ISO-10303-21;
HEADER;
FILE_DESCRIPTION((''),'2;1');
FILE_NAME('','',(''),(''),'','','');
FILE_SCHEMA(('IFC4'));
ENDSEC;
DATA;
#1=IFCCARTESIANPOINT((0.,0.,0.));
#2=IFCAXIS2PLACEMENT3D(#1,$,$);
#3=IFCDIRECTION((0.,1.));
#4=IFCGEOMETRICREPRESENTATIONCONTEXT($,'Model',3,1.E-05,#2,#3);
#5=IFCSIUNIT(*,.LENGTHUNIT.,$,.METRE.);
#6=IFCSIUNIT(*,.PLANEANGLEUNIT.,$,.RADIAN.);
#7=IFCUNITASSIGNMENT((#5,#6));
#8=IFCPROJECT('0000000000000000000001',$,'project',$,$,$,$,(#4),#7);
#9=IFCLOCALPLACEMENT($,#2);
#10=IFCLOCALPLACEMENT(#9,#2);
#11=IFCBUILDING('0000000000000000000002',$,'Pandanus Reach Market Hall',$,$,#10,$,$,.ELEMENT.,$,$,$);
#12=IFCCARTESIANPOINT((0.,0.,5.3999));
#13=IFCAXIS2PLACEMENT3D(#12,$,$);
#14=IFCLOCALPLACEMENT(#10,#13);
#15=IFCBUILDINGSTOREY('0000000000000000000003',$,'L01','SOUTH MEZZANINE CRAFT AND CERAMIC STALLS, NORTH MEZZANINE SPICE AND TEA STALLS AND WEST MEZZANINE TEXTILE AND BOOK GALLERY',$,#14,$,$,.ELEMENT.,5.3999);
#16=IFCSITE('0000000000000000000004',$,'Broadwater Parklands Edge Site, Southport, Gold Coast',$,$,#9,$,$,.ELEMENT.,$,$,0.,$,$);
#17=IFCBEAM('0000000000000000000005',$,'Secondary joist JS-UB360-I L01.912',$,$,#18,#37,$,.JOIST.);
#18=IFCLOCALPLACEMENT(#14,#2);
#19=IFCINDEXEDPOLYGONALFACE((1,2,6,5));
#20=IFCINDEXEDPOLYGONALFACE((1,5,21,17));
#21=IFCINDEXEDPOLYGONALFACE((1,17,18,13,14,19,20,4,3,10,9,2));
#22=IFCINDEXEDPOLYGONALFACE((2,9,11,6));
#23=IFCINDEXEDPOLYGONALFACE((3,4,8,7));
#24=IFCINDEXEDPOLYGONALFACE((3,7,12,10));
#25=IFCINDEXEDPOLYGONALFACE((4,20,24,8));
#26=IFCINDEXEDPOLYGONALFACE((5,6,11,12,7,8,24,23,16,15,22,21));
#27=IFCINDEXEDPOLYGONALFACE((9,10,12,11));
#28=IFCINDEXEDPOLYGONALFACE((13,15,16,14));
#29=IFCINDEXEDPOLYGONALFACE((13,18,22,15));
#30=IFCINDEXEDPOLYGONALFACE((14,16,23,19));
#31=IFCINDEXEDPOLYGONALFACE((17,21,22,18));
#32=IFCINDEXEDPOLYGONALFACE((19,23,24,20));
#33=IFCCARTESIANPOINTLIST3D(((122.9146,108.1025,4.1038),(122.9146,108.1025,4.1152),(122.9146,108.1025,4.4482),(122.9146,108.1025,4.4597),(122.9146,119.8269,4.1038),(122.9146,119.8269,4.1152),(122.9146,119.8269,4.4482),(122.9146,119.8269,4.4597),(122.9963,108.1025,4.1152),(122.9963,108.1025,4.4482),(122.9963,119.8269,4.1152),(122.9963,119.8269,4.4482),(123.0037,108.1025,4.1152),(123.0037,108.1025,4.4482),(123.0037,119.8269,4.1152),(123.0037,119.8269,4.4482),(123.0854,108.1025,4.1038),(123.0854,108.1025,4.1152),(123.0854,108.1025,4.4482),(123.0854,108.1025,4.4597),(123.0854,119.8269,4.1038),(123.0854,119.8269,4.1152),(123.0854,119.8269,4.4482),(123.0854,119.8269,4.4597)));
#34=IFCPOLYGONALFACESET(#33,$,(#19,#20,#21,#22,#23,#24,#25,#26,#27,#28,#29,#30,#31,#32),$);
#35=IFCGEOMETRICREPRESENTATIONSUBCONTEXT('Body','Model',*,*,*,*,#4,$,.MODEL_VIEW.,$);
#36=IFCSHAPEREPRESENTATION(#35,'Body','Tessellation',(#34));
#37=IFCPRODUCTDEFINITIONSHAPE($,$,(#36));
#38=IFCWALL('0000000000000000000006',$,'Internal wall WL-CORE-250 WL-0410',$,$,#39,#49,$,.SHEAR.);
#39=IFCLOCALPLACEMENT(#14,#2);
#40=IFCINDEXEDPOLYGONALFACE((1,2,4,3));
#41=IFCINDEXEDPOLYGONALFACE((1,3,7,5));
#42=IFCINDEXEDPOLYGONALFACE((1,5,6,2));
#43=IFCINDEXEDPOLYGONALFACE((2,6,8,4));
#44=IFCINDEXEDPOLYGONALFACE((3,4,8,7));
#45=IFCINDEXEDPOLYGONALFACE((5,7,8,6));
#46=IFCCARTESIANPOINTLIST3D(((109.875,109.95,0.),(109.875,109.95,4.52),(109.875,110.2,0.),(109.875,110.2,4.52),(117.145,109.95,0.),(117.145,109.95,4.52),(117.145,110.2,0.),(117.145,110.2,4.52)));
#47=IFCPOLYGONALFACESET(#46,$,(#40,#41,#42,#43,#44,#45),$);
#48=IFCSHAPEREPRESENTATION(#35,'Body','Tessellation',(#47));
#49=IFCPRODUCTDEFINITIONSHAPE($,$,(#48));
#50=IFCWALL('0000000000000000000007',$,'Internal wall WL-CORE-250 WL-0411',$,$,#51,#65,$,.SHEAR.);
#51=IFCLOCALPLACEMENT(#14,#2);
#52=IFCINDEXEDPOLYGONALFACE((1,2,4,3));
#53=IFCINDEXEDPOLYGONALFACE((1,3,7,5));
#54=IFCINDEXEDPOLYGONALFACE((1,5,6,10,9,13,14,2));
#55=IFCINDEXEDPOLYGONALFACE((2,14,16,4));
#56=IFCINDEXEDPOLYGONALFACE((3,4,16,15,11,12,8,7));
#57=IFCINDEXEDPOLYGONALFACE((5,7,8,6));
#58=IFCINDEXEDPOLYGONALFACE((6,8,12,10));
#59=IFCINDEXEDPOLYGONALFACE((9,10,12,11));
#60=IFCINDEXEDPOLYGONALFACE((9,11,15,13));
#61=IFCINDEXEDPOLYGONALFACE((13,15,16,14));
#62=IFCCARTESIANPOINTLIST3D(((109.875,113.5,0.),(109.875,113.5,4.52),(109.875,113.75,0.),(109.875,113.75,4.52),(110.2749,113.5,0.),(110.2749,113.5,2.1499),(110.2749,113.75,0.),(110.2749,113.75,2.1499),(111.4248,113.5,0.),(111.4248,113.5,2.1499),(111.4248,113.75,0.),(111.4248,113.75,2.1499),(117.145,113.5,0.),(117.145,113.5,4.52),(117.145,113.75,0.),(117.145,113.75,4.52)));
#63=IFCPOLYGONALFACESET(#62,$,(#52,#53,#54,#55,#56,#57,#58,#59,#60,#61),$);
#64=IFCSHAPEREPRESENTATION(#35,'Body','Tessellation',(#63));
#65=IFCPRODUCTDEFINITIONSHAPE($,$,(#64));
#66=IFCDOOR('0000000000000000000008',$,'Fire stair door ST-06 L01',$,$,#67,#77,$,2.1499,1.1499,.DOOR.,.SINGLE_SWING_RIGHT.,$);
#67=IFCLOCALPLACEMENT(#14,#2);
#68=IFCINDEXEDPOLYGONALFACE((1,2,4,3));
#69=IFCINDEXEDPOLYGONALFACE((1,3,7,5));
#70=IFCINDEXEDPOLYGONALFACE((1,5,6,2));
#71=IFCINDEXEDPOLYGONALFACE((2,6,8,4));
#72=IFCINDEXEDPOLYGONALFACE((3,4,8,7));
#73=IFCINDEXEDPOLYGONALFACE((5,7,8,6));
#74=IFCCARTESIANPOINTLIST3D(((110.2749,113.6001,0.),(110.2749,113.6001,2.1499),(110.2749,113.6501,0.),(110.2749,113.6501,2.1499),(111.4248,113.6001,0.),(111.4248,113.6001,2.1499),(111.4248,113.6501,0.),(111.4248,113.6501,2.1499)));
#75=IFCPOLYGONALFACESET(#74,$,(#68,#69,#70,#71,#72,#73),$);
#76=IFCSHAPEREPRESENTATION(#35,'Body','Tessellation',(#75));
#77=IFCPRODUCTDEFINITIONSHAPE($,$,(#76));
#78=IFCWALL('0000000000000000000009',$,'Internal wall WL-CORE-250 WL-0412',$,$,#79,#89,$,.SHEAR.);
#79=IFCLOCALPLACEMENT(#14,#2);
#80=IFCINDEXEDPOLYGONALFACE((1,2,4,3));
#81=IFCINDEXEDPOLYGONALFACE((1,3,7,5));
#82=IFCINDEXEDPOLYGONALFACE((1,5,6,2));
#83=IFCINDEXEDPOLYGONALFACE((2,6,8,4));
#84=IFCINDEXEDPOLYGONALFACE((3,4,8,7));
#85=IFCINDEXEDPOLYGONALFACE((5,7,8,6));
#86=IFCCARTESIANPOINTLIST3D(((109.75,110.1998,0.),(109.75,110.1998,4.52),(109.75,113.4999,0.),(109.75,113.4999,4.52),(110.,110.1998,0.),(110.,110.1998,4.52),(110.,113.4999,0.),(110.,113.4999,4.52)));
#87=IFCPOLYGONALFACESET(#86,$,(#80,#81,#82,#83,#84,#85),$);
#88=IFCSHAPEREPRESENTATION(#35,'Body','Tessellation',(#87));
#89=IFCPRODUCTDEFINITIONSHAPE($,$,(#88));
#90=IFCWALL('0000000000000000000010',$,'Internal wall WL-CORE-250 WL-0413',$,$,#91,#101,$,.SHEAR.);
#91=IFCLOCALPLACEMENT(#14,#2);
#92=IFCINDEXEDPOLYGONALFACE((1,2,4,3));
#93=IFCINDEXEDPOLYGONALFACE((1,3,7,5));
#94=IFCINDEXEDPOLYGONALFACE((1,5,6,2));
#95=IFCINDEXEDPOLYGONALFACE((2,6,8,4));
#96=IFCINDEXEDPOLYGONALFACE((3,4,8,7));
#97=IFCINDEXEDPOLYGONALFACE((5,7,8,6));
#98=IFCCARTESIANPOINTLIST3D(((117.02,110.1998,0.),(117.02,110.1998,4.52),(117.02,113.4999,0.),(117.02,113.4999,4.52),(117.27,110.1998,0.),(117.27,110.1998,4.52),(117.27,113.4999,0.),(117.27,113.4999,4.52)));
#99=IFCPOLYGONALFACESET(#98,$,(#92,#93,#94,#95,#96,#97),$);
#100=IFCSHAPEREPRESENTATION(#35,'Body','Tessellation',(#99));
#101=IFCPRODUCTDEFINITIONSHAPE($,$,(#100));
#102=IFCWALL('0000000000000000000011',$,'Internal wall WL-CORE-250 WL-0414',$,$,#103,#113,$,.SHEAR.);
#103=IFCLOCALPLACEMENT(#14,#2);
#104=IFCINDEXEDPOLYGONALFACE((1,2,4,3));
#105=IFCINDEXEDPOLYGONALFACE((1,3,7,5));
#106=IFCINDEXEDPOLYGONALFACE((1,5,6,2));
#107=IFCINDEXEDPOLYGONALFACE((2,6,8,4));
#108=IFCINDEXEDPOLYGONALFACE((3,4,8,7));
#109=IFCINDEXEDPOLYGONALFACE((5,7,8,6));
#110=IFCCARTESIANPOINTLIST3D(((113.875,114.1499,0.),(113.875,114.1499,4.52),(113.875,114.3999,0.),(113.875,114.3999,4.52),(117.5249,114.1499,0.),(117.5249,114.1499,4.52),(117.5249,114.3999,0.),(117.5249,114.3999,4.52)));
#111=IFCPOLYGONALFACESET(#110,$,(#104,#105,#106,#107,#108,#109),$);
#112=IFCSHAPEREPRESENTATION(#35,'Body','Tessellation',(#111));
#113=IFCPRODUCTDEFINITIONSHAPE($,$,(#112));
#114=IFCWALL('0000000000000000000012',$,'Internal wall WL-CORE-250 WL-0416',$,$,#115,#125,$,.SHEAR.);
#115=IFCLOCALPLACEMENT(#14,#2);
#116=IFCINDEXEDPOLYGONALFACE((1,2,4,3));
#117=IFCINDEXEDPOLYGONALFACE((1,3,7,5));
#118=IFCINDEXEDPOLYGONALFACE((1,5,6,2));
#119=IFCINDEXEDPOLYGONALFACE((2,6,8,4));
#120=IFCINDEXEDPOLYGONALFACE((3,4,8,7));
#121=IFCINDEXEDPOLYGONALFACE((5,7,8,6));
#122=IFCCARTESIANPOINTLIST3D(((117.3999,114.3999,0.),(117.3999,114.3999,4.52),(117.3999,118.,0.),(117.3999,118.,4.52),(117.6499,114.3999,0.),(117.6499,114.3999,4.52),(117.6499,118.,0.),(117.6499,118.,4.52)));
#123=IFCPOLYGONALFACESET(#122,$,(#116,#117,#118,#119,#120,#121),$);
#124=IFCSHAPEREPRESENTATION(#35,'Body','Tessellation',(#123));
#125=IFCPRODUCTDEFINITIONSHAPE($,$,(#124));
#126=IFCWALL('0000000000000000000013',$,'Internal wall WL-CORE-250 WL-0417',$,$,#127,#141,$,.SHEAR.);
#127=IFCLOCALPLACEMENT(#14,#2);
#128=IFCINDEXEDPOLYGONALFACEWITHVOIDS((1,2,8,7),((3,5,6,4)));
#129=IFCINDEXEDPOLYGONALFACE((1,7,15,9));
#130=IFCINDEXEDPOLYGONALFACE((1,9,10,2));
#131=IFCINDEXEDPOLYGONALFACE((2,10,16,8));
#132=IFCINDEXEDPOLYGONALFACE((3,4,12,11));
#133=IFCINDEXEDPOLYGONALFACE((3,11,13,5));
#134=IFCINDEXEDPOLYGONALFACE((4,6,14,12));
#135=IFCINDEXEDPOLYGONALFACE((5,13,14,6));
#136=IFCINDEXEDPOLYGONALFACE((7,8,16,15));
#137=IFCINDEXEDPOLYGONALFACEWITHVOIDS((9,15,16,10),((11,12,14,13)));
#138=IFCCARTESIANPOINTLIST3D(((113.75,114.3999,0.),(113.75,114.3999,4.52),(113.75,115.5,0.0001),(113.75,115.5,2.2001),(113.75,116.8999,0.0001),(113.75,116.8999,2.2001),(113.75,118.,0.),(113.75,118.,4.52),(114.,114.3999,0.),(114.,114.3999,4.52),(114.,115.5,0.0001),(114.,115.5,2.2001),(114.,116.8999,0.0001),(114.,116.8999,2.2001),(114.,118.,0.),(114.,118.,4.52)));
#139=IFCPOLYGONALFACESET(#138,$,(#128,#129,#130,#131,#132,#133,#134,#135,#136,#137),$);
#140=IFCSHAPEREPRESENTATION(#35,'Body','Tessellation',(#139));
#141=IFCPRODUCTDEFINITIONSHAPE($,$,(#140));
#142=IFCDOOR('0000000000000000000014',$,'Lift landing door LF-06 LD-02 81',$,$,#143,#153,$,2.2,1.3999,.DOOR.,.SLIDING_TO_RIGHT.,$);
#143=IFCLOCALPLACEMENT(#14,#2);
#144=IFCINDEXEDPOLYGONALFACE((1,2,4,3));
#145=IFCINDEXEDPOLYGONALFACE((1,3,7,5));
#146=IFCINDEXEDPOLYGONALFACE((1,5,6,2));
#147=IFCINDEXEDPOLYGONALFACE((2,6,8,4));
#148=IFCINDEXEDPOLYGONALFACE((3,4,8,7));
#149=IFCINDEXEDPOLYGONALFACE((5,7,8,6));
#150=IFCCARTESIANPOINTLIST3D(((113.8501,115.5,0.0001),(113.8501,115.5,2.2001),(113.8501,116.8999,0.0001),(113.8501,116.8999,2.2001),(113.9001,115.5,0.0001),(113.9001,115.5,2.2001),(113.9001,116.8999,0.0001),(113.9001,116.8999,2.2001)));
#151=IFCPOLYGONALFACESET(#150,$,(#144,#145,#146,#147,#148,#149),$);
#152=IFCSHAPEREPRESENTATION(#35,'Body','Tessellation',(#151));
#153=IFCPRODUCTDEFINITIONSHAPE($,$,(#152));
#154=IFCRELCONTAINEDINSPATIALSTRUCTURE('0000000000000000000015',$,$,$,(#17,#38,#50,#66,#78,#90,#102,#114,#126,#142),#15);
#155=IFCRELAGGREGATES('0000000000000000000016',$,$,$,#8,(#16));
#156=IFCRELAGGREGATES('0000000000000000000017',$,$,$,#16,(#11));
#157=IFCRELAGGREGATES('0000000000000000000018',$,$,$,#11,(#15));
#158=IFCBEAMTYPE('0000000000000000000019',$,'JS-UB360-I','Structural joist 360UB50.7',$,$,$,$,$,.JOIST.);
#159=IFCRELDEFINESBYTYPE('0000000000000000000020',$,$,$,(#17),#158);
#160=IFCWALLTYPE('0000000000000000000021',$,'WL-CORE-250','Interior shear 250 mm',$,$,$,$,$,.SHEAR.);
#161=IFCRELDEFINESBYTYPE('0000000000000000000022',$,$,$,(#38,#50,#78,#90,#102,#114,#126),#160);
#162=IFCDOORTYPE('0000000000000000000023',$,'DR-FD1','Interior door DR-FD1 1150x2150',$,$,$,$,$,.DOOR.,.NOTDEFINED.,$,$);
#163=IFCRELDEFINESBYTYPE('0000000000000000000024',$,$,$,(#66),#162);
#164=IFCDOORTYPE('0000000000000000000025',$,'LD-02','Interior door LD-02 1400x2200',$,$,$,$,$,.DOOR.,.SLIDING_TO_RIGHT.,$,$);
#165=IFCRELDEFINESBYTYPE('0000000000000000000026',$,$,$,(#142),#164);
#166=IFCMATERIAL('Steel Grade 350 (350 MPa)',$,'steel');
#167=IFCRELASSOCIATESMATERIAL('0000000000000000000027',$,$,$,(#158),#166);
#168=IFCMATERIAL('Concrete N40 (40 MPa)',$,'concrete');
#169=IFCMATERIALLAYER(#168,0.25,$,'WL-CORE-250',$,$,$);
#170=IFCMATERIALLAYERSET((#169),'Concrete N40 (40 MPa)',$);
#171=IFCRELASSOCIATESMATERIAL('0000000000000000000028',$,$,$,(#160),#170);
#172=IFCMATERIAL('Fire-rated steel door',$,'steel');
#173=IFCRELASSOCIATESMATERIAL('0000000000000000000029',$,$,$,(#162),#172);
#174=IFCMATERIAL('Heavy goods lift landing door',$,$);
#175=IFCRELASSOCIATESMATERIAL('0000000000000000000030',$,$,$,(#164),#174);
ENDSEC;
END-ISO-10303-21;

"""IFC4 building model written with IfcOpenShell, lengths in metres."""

from ifc_helpers import new_model, si_unit, direction, frame, frame_2d, origin, origin_2d, place, context, subcontext, project, spatial, rectangle, i_section, extrude, material, layer, layer_set, material_profile, profile_set, type_object, element, fill, save


model = new_model("IFC4")

# Units and contexts
model_context = context("Model", 3, precision=1e-05, world=origin(), true_north=direction((0.0, 1.0)))
body_context = subcontext(model_context, "Body", "Model", "MODEL_VIEW")
ifc_project = project(units=[si_unit("LENGTHUNIT", "METRE"), si_unit("PLANEANGLEUNIT", "RADIAN")], contexts=[model_context])

# Site, building, storey
site_placement = place(None, origin())
site = spatial("IfcSite", under=ifc_project, at=site_placement, Name="Broadwater Parklands Edge Site, Southport, Gold Coast", CompositionType="ELEMENT", RefElevation=0.0)
building_placement = place(site_placement, origin())
building = spatial("IfcBuilding", under=site, at=building_placement, Name="Pandanus Reach Market Hall", CompositionType="ELEMENT")
storey_placement = place(building_placement, frame((0.0, 0.0, 5.3999)))
storey = spatial("IfcBuildingStorey", under=building, at=storey_placement, Name="L01", Description="SOUTH MEZZANINE CRAFT AND CERAMIC STALLS, NORTH MEZZANINE SPICE AND TEA STALLS AND WEST MEZZANINE TEXTILE AND BOOK GALLERY", CompositionType="ELEMENT", Elevation=5.3999)

# Shared definitions
ifc_material_1 = material(Name="Concrete N40 (40 MPa)", Category="concrete")

# Shared definitions
ifc_material_2 = material(Name="Steel Grade 350 (350 MPa)", Category="steel")

# Beam
ifc_material_profile_1 = material_profile(ifc_material_2, i_section(OverallWidth=0.1709, OverallDepth=0.356, WebThickness=0.0073, FlangeThickness=0.0115, at=origin_2d()), Name="360UB50.7", Category="LoadBearing")
ifc_profile_set_1 = profile_set([ifc_material_profile_1], Name="Steel Grade 350 (350 MPa)")
beam_type_1 = type_object("IfcBeamType", Name="JS-UB360-I", Description="Structural joist 360UB50.7", PredefinedType="JOIST", material=ifc_profile_set_1)
for number, where, z_axis, x_axis, name in (
    (1, (123.0, 108.1025, 4.2817), (0.0, 1.0, 0.0), (-1.0, 0.0, 0.0), "Secondary joist JS-UB360-I L01.912"),
):
    element("IfcBeam", number, at=place(storey_placement, frame(where, z_axis=z_axis, x_axis=x_axis)), inside=storey, type_object=beam_type_1, Name=name, PredefinedType="JOIST", context=body_context, shape_type="SweptSolid", body=[
        extrude(i_section(OverallWidth=0.1709, OverallDepth=0.356, WebThickness=0.0073, FlangeThickness=0.0115, at=origin_2d()), origin(), (0.0, 0.0, 1.0), 11.7244),
    ])

# Wall
ifc_layer_1 = layer(ifc_material_1, 0.25, Name="WL-CORE-250")
ifc_layer_set_1 = layer_set([ifc_layer_1], Name="Concrete N40 (40 MPa)")
wall_type_1 = type_object("IfcWallType", Name="WL-CORE-250", Description="Interior shear 250 mm", PredefinedType="SHEAR", material=ifc_layer_set_1)
wall_1_placement = place(storey_placement, frame((109.875, 110.075, 0.0), z_axis=(0.0, 0.0, 1.0), x_axis=(1.0, 0.0, 0.0)))
element("IfcWall", 2, at=wall_1_placement, inside=storey, type_object=wall_type_1, Name="Internal wall WL-CORE-250 WL-0410", PredefinedType="SHEAR", context=body_context, shape_type="SweptSolid", body=[
    extrude(rectangle(XDim=7.27, YDim=0.25, at=frame_2d((3.635, 0.0))), origin(), (0.0, 0.0, 1.0), 4.52),
])

# Wall, opening, door
wall_2_placement = place(storey_placement, frame((109.875, 113.625, 0.0), z_axis=(0.0, 0.0, 1.0), x_axis=(1.0, 0.0, 0.0)))
wall_2 = element("IfcWall", 3, at=wall_2_placement, inside=storey, type_object=wall_type_1, Name="Internal wall WL-CORE-250 WL-0411", PredefinedType="SHEAR", context=body_context, shape_type="SweptSolid", body=[
    extrude(rectangle(XDim=7.27, YDim=0.25, at=frame_2d((3.635, 0.0))), origin(), (0.0, 0.0, 1.0), 4.52),
])
opening_1_placement = place(wall_2_placement, frame((0.3999, 0.0, 0.0)))
opening_1 = element("IfcOpeningElement", 4, at=opening_1_placement, cuts=wall_2, PredefinedType="OPENING", context=body_context, shape_type="SweptSolid", body=[
    extrude(rectangle(XDim=1.1499, YDim=2.1499, at=frame_2d((0.575, 1.075))), frame((0.0, 0.1399, 0.0), z_axis=(0.0, -1.0, 0.0), x_axis=(1.0, 0.0, 0.0)), (0.0, 0.0, 1.0), 0.28),
])
ifc_material_3 = material(Name="Fire-rated steel door", Category="steel")
door_type_1 = type_object("IfcDoorType", Name="DR-FD1", Description="Interior door DR-FD1 1150x2150", OperationType="NOTDEFINED", PredefinedType="DOOR", material=ifc_material_3)
door_1_placement = place(opening_1_placement, frame((1.1499, 0.0, 0.0), z_axis=(0.0, 0.0, 1.0), x_axis=(-1.0, 0.0, 0.0)))
door_1 = element("IfcDoor", 5, at=door_1_placement, inside=storey, type_object=door_type_1, Name="Fire stair door ST-06 L01", OperationType="SINGLE_SWING_RIGHT", OverallHeight=2.1499, OverallWidth=1.1499, PredefinedType="DOOR", context=body_context, shape_type="SweptSolid", body=[
    extrude(rectangle(XDim=1.1499, YDim=2.1499, at=frame_2d((0.575, 1.075))), frame((0.0, 0.0249, 0.0), z_axis=(0.0, -1.0, 0.0), x_axis=(1.0, 0.0, 0.0)), (0.0, 0.0, 1.0), 0.05),
])
fill(opening_1, door_1)

# Walls
for number, where, z_axis, x_axis, name in (
    (6, (109.875, 110.2, 0.0), (0.0, 0.0, 1.0), (0.0, 1.0, 0.0), "Internal wall WL-CORE-250 WL-0412"),
    (7, (117.145, 110.2, 0.0), (0.0, 0.0, 1.0), (0.0, 1.0, 0.0), "Internal wall WL-CORE-250 WL-0413"),
):
    element("IfcWall", number, at=place(storey_placement, frame(where, z_axis=z_axis, x_axis=x_axis)), inside=storey, type_object=wall_type_1, Name=name, PredefinedType="SHEAR", context=body_context, shape_type="SweptSolid", body=[
        extrude(rectangle(XDim=3.3, YDim=0.25, at=frame_2d((1.6499, 0.0))), origin(), (0.0, 0.0, 1.0), 4.52),
    ])
wall_3_placement = place(storey_placement, frame((113.875, 114.2749, 0.0), z_axis=(0.0, 0.0, 1.0), x_axis=(1.0, 0.0, 0.0)))
element("IfcWall", 8, at=wall_3_placement, inside=storey, type_object=wall_type_1, Name="Internal wall WL-CORE-250 WL-0414", PredefinedType="SHEAR", context=body_context, shape_type="SweptSolid", body=[
    extrude(rectangle(XDim=3.6499, YDim=0.25, at=frame_2d((1.825, 0.0))), origin(), (0.0, 0.0, 1.0), 4.52),
])
wall_4_placement = place(storey_placement, frame((117.5249, 114.3999, 0.0), z_axis=(0.0, 0.0, 1.0), x_axis=(0.0, 1.0, 0.0)))
element("IfcWall", 9, at=wall_4_placement, inside=storey, type_object=wall_type_1, Name="Internal wall WL-CORE-250 WL-0416", PredefinedType="SHEAR", context=body_context, shape_type="SweptSolid", body=[
    extrude(rectangle(XDim=3.6001, YDim=0.25, at=frame_2d((1.8, 0.0))), origin(), (0.0, 0.0, 1.0), 4.52),
])

# Wall, opening, door
wall_5_placement = place(storey_placement, frame((113.875, 114.3999, 0.0), z_axis=(0.0, 0.0, 1.0), x_axis=(0.0, 1.0, 0.0)))
wall_5 = element("IfcWall", 10, at=wall_5_placement, inside=storey, type_object=wall_type_1, Name="Internal wall WL-CORE-250 WL-0417", PredefinedType="SHEAR", context=body_context, shape_type="SweptSolid", body=[
    extrude(rectangle(XDim=3.6001, YDim=0.25, at=frame_2d((1.8, 0.0))), origin(), (0.0, 0.0, 1.0), 4.52),
])
opening_2_placement = place(wall_5_placement, frame((1.1001, 0.0, 0.0)))
opening_2 = element("IfcOpeningElement", 11, at=opening_2_placement, cuts=wall_5, PredefinedType="OPENING", context=body_context, shape_type="SweptSolid", body=[
    extrude(rectangle(XDim=1.3999, YDim=2.2, at=frame_2d((0.7, 1.1001))), frame((0.0, 0.1399, 0.0), z_axis=(0.0, -1.0, 0.0), x_axis=(1.0, 0.0, 0.0)), (0.0, 0.0, 1.0), 0.28),
])
ifc_material_4 = material(Name="Heavy goods lift landing door")
door_type_2 = type_object("IfcDoorType", Name="LD-02", Description="Interior door LD-02 1400x2200", OperationType="SLIDING_TO_RIGHT", PredefinedType="DOOR", material=ifc_material_4)
door_2_placement = place(opening_2_placement, origin())
door_2 = element("IfcDoor", 12, at=door_2_placement, inside=storey, type_object=door_type_2, Name="Lift landing door LF-06 LD-02 81", OperationType="SLIDING_TO_RIGHT", OverallHeight=2.2, OverallWidth=1.3999, PredefinedType="DOOR", context=body_context, shape_type="SweptSolid", body=[
    extrude(rectangle(XDim=1.3999, YDim=2.2, at=frame_2d((0.7, 1.1001))), frame((0.0, 0.0249, 0.0), z_axis=(0.0, -1.0, 0.0), x_axis=(1.0, 0.0, 0.0)), (0.0, 0.0, 1.0), 0.05),
])
fill(opening_2, door_2)

save(model, "model.ifc")
